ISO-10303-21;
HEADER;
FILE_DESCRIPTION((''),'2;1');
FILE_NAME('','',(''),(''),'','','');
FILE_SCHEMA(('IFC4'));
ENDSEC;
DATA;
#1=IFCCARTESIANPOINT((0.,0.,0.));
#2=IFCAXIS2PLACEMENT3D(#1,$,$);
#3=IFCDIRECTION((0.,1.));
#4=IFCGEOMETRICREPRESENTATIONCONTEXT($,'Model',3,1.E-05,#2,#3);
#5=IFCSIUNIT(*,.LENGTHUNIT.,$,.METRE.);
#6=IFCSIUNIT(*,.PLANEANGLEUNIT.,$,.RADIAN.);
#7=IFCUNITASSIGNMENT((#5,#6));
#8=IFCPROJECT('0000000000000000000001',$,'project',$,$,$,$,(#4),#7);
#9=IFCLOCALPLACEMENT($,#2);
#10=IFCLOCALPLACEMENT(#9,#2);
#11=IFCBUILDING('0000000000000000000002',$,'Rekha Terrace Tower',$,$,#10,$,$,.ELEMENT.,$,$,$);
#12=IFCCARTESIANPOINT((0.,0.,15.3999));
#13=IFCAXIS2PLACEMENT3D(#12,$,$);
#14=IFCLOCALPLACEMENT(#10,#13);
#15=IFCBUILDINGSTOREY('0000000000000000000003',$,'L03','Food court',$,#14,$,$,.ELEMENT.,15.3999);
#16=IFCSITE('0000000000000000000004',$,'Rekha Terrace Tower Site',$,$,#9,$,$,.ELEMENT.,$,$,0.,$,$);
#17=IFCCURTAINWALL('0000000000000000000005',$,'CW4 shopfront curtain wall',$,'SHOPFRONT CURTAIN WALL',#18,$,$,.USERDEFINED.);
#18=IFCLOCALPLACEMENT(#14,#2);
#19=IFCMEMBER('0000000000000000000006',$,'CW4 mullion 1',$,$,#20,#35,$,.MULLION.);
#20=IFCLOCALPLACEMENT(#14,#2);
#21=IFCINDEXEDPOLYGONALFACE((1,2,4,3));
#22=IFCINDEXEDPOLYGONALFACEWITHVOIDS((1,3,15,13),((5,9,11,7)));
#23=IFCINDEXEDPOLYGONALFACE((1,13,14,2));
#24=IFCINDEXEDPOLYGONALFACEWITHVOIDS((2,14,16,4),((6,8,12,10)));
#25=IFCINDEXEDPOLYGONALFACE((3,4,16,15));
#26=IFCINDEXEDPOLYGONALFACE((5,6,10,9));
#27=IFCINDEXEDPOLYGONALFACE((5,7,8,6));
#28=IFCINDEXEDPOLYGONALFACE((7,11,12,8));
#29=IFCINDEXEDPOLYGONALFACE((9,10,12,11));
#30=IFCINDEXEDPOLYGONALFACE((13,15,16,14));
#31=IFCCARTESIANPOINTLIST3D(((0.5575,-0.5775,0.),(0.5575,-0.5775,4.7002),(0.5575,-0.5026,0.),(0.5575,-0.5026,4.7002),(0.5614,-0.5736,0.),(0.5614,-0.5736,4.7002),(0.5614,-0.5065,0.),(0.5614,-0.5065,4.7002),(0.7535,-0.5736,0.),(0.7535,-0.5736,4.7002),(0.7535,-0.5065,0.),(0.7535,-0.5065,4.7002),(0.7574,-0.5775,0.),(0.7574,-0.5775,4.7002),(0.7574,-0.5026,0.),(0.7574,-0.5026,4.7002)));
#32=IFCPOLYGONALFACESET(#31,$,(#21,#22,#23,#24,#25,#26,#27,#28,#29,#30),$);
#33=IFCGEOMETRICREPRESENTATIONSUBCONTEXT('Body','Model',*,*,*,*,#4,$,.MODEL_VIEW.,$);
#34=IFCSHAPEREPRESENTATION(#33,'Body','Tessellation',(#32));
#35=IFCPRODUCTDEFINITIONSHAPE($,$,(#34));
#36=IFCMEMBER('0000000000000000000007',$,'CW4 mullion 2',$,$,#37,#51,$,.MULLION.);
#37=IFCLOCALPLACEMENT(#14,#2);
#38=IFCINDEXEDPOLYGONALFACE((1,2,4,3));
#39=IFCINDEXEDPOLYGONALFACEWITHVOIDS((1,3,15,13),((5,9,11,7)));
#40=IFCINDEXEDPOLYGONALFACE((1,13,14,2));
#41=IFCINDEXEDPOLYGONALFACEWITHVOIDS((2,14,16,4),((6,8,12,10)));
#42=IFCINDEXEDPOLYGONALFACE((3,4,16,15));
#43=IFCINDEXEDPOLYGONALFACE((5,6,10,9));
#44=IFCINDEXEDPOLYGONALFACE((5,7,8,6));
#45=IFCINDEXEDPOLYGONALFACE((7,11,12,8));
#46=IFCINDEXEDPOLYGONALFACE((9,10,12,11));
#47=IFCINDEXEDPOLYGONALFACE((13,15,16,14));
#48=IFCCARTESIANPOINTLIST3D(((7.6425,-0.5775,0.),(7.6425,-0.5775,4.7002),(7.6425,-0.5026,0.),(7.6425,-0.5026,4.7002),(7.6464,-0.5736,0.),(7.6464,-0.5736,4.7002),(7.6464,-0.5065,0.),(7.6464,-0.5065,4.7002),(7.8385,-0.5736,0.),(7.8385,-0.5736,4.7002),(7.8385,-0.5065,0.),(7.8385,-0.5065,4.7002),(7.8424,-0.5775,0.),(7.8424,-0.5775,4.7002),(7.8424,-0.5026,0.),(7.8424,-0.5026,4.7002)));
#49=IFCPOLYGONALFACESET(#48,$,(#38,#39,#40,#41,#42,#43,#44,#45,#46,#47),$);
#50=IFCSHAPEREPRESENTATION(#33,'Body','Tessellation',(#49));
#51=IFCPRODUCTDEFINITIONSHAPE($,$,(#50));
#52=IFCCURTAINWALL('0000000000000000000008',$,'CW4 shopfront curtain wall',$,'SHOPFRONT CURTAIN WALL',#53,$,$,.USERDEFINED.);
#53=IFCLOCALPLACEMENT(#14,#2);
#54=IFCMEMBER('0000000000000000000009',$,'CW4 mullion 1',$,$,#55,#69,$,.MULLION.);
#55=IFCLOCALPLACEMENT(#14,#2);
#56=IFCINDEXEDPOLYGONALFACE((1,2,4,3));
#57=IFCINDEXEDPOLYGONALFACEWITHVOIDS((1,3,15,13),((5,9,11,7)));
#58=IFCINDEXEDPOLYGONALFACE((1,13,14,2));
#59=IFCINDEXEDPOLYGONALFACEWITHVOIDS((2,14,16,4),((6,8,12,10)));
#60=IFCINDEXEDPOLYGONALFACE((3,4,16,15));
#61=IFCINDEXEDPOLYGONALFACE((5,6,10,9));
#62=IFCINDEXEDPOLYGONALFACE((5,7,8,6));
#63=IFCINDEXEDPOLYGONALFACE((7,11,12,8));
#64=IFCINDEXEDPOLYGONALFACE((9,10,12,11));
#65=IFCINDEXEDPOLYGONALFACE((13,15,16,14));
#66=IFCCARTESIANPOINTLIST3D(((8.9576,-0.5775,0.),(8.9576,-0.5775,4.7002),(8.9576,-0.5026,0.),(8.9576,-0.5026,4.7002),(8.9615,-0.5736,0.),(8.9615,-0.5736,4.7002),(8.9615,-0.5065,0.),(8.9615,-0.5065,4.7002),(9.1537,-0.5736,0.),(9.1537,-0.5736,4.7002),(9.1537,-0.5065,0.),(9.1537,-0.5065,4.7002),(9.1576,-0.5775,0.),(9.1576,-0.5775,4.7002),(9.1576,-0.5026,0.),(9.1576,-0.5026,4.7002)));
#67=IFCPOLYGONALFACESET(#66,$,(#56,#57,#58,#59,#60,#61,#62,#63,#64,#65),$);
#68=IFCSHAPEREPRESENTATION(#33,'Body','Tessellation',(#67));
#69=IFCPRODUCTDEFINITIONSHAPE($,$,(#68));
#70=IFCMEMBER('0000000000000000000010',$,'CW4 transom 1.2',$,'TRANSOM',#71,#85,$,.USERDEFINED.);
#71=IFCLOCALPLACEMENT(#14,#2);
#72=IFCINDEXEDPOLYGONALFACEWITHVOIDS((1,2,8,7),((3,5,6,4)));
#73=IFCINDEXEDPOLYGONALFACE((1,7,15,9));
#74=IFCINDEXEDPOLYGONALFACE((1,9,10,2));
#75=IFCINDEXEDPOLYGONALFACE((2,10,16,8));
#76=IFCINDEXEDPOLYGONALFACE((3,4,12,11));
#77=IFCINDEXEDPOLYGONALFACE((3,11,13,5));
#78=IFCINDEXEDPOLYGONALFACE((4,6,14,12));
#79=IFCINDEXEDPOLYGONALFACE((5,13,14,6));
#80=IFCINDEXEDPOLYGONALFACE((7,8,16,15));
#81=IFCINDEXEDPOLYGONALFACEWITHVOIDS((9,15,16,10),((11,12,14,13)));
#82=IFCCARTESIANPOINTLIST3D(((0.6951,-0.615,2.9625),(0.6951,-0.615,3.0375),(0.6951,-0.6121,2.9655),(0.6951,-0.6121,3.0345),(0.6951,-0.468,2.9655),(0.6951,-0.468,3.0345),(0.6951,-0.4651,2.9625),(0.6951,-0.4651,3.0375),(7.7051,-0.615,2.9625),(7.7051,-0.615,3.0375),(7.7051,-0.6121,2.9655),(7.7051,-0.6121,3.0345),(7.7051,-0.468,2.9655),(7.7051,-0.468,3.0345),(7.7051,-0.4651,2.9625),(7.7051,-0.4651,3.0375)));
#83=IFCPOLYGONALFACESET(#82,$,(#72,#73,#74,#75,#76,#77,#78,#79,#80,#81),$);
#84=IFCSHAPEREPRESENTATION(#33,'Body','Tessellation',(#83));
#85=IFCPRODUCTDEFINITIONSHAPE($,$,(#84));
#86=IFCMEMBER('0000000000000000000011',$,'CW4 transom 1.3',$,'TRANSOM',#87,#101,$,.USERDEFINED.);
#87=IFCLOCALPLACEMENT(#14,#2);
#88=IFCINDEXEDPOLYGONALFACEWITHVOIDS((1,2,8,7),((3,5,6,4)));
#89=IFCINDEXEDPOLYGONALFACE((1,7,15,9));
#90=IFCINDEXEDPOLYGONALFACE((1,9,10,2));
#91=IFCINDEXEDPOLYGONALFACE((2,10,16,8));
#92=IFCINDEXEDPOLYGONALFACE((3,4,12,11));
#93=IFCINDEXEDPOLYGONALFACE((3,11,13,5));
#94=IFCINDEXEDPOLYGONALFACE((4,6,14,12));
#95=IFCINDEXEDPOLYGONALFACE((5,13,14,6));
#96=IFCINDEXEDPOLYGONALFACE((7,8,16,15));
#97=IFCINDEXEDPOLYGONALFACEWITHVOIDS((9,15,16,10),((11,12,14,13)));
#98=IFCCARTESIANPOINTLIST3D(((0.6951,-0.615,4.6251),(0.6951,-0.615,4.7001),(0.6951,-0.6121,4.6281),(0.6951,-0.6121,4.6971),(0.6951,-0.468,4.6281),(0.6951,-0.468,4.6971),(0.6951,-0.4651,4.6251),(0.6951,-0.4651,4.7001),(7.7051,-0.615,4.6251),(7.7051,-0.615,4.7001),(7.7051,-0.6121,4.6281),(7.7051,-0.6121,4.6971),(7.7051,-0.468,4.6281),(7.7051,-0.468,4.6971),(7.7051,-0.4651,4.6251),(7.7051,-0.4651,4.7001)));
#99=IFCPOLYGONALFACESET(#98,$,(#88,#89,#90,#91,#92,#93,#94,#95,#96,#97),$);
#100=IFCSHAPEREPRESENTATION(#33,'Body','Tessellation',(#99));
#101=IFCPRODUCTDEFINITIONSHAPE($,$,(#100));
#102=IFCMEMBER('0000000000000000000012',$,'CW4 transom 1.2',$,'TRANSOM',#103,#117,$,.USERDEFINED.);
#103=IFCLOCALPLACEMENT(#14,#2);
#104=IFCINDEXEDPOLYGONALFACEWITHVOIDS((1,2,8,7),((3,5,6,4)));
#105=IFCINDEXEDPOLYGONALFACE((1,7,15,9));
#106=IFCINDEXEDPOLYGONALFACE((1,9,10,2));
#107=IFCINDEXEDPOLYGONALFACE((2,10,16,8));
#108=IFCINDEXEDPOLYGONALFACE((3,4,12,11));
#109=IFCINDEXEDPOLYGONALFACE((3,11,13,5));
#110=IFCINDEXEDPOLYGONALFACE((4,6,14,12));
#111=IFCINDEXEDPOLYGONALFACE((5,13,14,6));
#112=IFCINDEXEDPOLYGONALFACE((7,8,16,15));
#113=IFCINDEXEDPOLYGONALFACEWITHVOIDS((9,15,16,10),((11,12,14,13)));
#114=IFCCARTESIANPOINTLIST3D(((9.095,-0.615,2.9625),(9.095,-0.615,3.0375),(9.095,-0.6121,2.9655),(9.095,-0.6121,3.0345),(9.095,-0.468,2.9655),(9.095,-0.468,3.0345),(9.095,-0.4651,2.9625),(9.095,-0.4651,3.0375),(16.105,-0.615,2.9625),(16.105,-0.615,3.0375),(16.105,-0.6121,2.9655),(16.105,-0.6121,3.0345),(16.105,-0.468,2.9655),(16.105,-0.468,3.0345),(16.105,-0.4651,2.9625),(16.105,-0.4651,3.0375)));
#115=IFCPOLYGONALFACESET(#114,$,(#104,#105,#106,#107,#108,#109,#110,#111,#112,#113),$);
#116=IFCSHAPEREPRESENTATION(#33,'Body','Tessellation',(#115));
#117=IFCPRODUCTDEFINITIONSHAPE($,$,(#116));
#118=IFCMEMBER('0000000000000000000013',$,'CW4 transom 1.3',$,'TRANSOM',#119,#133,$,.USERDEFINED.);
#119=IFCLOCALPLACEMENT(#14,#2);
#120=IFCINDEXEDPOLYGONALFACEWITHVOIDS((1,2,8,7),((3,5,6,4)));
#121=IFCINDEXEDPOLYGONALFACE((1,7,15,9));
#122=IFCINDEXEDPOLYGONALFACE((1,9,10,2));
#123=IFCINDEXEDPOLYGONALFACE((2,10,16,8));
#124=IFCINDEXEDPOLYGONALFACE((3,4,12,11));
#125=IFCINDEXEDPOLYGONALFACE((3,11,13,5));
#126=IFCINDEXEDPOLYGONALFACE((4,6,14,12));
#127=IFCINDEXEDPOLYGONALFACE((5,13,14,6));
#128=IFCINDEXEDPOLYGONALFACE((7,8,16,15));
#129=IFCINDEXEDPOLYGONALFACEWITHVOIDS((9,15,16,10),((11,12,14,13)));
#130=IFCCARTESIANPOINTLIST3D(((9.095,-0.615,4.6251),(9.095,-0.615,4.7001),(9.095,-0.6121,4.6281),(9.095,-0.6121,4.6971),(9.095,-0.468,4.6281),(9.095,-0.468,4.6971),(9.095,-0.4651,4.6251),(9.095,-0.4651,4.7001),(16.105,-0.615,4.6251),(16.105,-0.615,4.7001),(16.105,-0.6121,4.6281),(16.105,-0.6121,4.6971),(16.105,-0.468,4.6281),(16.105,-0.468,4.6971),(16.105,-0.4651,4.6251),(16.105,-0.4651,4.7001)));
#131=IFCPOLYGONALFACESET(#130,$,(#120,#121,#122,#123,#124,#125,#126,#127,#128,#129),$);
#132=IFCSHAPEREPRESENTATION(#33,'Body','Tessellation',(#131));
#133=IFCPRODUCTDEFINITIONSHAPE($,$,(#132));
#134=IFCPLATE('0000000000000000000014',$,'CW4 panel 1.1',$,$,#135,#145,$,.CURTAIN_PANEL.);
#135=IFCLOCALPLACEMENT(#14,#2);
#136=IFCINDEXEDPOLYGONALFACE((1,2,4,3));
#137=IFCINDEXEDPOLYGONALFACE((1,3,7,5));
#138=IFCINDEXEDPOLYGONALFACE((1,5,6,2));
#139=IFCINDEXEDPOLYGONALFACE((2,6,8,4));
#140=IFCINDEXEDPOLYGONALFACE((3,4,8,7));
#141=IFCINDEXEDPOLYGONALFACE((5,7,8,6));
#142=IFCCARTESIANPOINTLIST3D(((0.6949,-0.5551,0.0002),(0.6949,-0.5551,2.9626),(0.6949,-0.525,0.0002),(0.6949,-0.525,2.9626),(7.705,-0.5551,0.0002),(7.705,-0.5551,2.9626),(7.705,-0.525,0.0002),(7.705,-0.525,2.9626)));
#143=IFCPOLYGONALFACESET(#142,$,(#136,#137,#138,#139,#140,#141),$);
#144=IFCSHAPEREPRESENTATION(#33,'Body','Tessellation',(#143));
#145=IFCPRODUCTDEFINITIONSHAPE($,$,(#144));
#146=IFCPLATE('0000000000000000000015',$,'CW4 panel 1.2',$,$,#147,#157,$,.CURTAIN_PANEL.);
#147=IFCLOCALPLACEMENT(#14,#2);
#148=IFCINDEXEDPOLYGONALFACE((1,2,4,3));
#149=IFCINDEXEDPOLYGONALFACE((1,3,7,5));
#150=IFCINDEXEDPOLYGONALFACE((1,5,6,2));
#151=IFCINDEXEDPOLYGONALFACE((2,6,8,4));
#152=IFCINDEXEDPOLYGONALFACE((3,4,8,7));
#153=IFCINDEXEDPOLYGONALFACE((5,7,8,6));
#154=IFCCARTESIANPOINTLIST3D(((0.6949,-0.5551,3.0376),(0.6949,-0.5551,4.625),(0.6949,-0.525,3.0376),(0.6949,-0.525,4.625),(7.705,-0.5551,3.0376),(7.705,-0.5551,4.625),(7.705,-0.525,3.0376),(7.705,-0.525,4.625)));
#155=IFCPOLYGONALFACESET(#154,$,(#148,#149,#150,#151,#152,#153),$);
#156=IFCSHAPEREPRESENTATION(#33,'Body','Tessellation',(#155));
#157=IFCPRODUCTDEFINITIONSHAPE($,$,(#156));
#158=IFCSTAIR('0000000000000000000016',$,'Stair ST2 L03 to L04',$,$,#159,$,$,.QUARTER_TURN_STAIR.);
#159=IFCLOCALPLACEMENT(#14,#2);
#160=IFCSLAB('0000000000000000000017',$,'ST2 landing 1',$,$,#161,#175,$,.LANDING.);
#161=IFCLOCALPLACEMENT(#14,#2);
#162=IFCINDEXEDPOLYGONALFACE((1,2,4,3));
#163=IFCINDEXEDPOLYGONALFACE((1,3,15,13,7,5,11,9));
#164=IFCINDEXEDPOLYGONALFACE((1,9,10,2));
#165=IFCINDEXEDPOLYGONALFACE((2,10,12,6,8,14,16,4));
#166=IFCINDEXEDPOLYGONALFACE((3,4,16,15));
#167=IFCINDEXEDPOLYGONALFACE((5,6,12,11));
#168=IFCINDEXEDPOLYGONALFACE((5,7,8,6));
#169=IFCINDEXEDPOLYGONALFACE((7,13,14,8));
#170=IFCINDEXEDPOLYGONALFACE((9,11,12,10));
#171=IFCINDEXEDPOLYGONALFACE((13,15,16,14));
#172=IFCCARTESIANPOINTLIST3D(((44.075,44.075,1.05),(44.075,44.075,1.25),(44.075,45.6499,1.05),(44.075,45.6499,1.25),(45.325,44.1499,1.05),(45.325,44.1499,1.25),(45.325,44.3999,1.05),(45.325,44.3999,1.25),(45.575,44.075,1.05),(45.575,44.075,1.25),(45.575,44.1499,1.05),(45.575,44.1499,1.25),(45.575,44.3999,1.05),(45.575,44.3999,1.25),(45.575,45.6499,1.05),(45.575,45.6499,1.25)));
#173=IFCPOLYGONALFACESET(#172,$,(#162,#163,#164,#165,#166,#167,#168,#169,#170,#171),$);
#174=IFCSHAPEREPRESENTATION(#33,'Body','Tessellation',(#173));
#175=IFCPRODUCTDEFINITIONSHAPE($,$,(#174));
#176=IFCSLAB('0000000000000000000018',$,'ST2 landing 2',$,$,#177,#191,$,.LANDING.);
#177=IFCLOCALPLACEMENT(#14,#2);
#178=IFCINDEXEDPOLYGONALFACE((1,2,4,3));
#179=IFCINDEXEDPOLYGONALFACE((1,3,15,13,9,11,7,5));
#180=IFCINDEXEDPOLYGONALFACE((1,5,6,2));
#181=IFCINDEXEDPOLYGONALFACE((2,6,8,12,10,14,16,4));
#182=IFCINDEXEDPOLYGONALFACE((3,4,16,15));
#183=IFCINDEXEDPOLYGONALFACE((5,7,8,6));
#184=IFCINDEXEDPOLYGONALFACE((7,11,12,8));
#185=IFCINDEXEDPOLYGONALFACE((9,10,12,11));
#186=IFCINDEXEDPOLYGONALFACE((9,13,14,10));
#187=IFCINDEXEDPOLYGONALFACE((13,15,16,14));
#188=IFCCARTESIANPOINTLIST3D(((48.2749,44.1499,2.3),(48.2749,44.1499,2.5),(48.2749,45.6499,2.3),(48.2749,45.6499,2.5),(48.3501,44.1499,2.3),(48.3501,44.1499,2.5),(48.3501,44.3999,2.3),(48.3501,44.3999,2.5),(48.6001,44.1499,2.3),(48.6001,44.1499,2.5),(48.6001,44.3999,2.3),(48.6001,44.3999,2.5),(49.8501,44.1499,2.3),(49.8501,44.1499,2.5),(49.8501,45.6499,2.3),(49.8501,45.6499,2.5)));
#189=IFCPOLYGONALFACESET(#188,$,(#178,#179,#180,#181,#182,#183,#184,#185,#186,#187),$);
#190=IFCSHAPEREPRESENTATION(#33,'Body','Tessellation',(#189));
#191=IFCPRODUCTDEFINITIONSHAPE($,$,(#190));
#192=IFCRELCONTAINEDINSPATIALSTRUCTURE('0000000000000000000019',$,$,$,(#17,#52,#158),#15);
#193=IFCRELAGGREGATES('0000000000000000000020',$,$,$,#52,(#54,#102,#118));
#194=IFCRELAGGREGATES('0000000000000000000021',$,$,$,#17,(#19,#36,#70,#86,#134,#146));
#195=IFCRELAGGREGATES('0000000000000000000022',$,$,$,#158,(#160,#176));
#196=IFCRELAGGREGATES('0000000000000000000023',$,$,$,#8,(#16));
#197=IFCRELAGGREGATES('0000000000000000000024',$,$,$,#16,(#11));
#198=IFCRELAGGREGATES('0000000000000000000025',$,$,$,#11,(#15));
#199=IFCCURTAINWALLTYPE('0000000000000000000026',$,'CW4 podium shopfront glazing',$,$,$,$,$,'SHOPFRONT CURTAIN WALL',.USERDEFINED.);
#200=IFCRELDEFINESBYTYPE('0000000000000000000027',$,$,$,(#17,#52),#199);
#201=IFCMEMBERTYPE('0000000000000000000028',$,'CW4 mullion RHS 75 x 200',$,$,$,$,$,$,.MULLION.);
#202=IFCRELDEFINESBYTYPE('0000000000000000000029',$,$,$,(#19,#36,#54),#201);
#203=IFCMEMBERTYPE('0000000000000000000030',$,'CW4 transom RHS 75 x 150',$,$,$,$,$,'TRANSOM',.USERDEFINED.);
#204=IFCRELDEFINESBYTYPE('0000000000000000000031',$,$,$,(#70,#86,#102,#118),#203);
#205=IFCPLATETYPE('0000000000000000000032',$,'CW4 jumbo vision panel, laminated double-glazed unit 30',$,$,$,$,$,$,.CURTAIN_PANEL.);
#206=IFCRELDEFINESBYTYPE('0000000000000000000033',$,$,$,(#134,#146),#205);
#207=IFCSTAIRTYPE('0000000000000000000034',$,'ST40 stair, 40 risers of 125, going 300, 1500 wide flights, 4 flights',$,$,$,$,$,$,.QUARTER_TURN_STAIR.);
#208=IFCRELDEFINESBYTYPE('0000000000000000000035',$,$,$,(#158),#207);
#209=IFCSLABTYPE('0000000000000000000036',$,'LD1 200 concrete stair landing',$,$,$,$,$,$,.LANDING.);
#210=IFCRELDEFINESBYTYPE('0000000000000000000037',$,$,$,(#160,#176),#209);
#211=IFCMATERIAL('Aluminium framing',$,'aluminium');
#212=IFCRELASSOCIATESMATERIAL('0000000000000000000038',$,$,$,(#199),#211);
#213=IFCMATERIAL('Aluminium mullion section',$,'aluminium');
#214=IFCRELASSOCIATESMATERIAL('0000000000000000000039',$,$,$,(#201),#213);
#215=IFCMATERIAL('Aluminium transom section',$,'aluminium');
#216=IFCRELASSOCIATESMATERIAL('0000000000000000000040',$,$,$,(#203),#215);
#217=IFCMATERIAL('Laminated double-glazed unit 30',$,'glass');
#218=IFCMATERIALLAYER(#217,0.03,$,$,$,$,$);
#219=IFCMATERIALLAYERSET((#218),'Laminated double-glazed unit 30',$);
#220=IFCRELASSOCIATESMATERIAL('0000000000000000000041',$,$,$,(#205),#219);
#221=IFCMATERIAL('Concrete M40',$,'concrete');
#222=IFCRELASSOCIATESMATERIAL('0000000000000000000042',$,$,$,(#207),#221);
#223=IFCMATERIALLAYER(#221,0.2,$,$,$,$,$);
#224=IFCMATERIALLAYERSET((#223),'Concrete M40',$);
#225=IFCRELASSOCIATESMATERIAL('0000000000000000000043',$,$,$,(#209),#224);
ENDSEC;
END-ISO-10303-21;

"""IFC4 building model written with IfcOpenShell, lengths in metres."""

from ifc_helpers import new_model, si_unit, direction, frame, origin, origin_2d, place, context, subcontext, project, spatial, polyline, rectangle, hollow_rectangle, outline, extrude, material, layer, layer_set, material_profile, profile_set, type_object, element, aggregate, save


model = new_model("IFC4")

# Units and contexts
model_context = context("Model", 3, precision=1e-05, world=origin(), true_north=direction((0.0, 1.0)))
body_context = subcontext(model_context, "Body", "Model", "MODEL_VIEW")
ifc_project = project(units=[si_unit("LENGTHUNIT", "METRE"), si_unit("PLANEANGLEUNIT", "RADIAN")], contexts=[model_context])

# Site, building, storey
site_placement = place(None, origin())
site = spatial("IfcSite", under=ifc_project, at=site_placement, Name="Rekha Terrace Tower Site", CompositionType="ELEMENT", RefElevation=0.0)
building_placement = place(site_placement, origin())
building = spatial("IfcBuilding", under=site, at=building_placement, Name="Rekha Terrace Tower", CompositionType="ELEMENT")
storey_placement = place(building_placement, frame((0.0, 0.0, 15.3999)))
storey = spatial("IfcBuildingStorey", under=building, at=storey_placement, Name="L03", Description="Food court", CompositionType="ELEMENT", Elevation=15.3999)

# Curtain wall, members
ifc_material_1 = material(Name="Aluminium framing", Category="aluminium")
curtain_wall_type = type_object("IfcCurtainWallType", Name="CW4 podium shopfront glazing", ElementType="SHOPFRONT CURTAIN WALL", PredefinedType="USERDEFINED", material=ifc_material_1)
curtain_wall_1_placement = place(storey_placement, origin())
curtain_wall_1 = element("IfcCurtainWall", 1, at=curtain_wall_1_placement, inside=storey, type_object=curtain_wall_type, Name="CW4 shopfront curtain wall", ObjectType="SHOPFRONT CURTAIN WALL", PredefinedType="USERDEFINED")
ifc_material_2 = material(Name="Aluminium mullion section", Category="aluminium")
ifc_material_profile_1 = material_profile(ifc_material_2, hollow_rectangle(XDim=0.075, YDim=0.2, WallThickness=0.0039, at=origin_2d()), Name="AL RHS 75x200")
ifc_profile_set_1 = profile_set([ifc_material_profile_1], Name="Aluminium mullion section")
member_type_1 = type_object("IfcMemberType", Name="CW4 mullion RHS 75 x 200", PredefinedType="MULLION", material=ifc_profile_set_1)
member_1_placement = place(storey_placement, frame((0.6575, -0.54, 0.0), z_axis=(0.0, 0.0, 1.0), x_axis=(0.0, 1.0, 0.0)))
member_1 = element("IfcMember", 2, at=member_1_placement, type_object=member_type_1, Name="CW4 mullion 1", PredefinedType="MULLION", context=body_context, shape_type="SweptSolid", body=[
    extrude(hollow_rectangle(XDim=0.075, YDim=0.2, WallThickness=0.0039, at=origin_2d()), origin(), (0.0, 0.0, 1.0), 4.7002),
])
member_2_placement = place(storey_placement, frame((7.7424, -0.54, 0.0), z_axis=(0.0, 0.0, 1.0), x_axis=(0.0, 1.0, 0.0)))
member_2 = element("IfcMember", 3, at=member_2_placement, type_object=member_type_1, Name="CW4 mullion 2", PredefinedType="MULLION", context=body_context, shape_type="SweptSolid", body=[
    extrude(hollow_rectangle(XDim=0.075, YDim=0.2, WallThickness=0.0039, at=origin_2d()), origin(), (0.0, 0.0, 1.0), 4.7002),
])

# Curtain wall, member
curtain_wall_2_placement = place(storey_placement, origin())
curtain_wall_2 = element("IfcCurtainWall", 4, at=curtain_wall_2_placement, inside=storey, type_object=curtain_wall_type, Name="CW4 shopfront curtain wall", ObjectType="SHOPFRONT CURTAIN WALL", PredefinedType="USERDEFINED")
member_3_placement = place(storey_placement, frame((9.0576, -0.54, 0.0), z_axis=(0.0, 0.0, 1.0), x_axis=(0.0, 1.0, 0.0)))
member_3 = element("IfcMember", 5, at=member_3_placement, type_object=member_type_1, Name="CW4 mullion 1", PredefinedType="MULLION", context=body_context, shape_type="SweptSolid", body=[
    extrude(hollow_rectangle(XDim=0.075, YDim=0.2, WallThickness=0.0039, at=origin_2d()), origin(), (0.0, 0.0, 1.0), 4.7002),
])

# Members
ifc_material_3 = material(Name="Aluminium transom section", Category="aluminium")
ifc_material_profile_2 = material_profile(ifc_material_3, hollow_rectangle(XDim=0.1499, YDim=0.075, WallThickness=0.0029, at=origin_2d()), Name="AL RHS 150x75")
ifc_profile_set_2 = profile_set([ifc_material_profile_2], Name="Aluminium transom section")
member_type_2 = type_object("IfcMemberType", Name="CW4 transom RHS 75 x 150", ElementType="TRANSOM", PredefinedType="USERDEFINED", material=ifc_profile_set_2)
member_4_placement = place(storey_placement, frame((0.6951, -0.54, 3.0), z_axis=(1.0, 0.0, 0.0), x_axis=(0.0, 1.0, 0.0)))
member_4 = element("IfcMember", 6, at=member_4_placement, type_object=member_type_2, Name="CW4 transom 1.2", ObjectType="TRANSOM", PredefinedType="USERDEFINED", context=body_context, shape_type="SweptSolid", body=[
    extrude(hollow_rectangle(XDim=0.1499, YDim=0.075, WallThickness=0.0029, at=origin_2d()), origin(), (0.0, 0.0, 1.0), 7.01),
])
member_5_placement = place(storey_placement, frame((0.6951, -0.54, 4.6626), z_axis=(1.0, 0.0, 0.0), x_axis=(0.0, 1.0, 0.0)))
member_5 = element("IfcMember", 7, at=member_5_placement, type_object=member_type_2, Name="CW4 transom 1.3", ObjectType="TRANSOM", PredefinedType="USERDEFINED", context=body_context, shape_type="SweptSolid", body=[
    extrude(hollow_rectangle(XDim=0.1499, YDim=0.075, WallThickness=0.0029, at=origin_2d()), origin(), (0.0, 0.0, 1.0), 7.01),
])
member_6_placement = place(storey_placement, frame((9.095, -0.54, 3.0), z_axis=(1.0, 0.0, 0.0), x_axis=(0.0, 1.0, 0.0)))
member_6 = element("IfcMember", 8, at=member_6_placement, type_object=member_type_2, Name="CW4 transom 1.2", ObjectType="TRANSOM", PredefinedType="USERDEFINED", context=body_context, shape_type="SweptSolid", body=[
    extrude(hollow_rectangle(XDim=0.1499, YDim=0.075, WallThickness=0.0029, at=origin_2d()), origin(), (0.0, 0.0, 1.0), 7.01),
])
member_7_placement = place(storey_placement, frame((9.095, -0.54, 4.6626), z_axis=(1.0, 0.0, 0.0), x_axis=(0.0, 1.0, 0.0)))
member_7 = element("IfcMember", 9, at=member_7_placement, type_object=member_type_2, Name="CW4 transom 1.3", ObjectType="TRANSOM", PredefinedType="USERDEFINED", context=body_context, shape_type="SweptSolid", body=[
    extrude(hollow_rectangle(XDim=0.1499, YDim=0.075, WallThickness=0.0029, at=origin_2d()), origin(), (0.0, 0.0, 1.0), 7.01),
])
aggregate(curtain_wall_2, [member_3, member_6, member_7])

# Plates
ifc_material_4 = material(Name="Laminated double-glazed unit 30", Category="glass")
ifc_layer_1 = layer(ifc_material_4, 0.03)
ifc_layer_set_1 = layer_set([ifc_layer_1], Name="Laminated double-glazed unit 30")
plate_type = type_object("IfcPlateType", Name="CW4 jumbo vision panel, laminated double-glazed unit 30", PredefinedType="CURTAIN_PANEL", material=ifc_layer_set_1)
plate_1_placement = place(storey_placement, frame((4.2, -0.54, 0.0002), z_axis=(0.0, 0.0, 1.0), x_axis=(1.0, 0.0, 0.0)))
plate_1 = element("IfcPlate", 10, at=plate_1_placement, type_object=plate_type, Name="CW4 panel 1.1", PredefinedType="CURTAIN_PANEL", context=body_context, shape_type="SweptSolid", body=[
    extrude(rectangle(XDim=7.01, YDim=0.03, at=origin_2d()), origin(), (0.0, 0.0, 1.0), 2.9624),
])
plate_2_placement = place(storey_placement, frame((4.2, -0.54, 3.0376), z_axis=(0.0, 0.0, 1.0), x_axis=(1.0, 0.0, 0.0)))
plate_2 = element("IfcPlate", 11, at=plate_2_placement, type_object=plate_type, Name="CW4 panel 1.2", PredefinedType="CURTAIN_PANEL", context=body_context, shape_type="SweptSolid", body=[
    extrude(rectangle(XDim=7.01, YDim=0.03, at=origin_2d()), origin(), (0.0, 0.0, 1.0), 1.5874),
])
aggregate(curtain_wall_1, [member_1, member_2, member_4, member_5, plate_1, plate_2])

# Stair, slabs
ifc_material_5 = material(Name="Concrete M40", Category="concrete")
stair_type = type_object("IfcStairType", Name="ST40 stair, 40 risers of 125, going 300, 1500 wide flights, 4 flights", PredefinedType="QUARTER_TURN_STAIR", material=ifc_material_5)
stair_1_placement = place(storey_placement, origin())
stair_1 = element("IfcStair", 12, at=stair_1_placement, inside=storey, type_object=stair_type, Name="Stair ST2 L03 to L04", PredefinedType="QUARTER_TURN_STAIR")
ifc_layer_2 = layer(ifc_material_5, 0.2)
ifc_layer_set_2 = layer_set([ifc_layer_2], Name="Concrete M40")
slab_type = type_object("IfcSlabType", Name="LD1 200 concrete stair landing", PredefinedType="LANDING", material=ifc_layer_set_2)
slab_1_placement = place(storey_placement, frame((0.0, 0.0, 1.05)))
slab_1 = element("IfcSlab", 13, at=slab_1_placement, type_object=slab_type, Name="ST2 landing 1", PredefinedType="LANDING", context=body_context, shape_type="SweptSolid", body=[
    extrude(outline(polyline([(45.575, 45.6499), (44.075, 45.6499), (44.075, 44.075), (45.575, 44.075), (45.575, 44.1499), (45.325, 44.1499), (45.325, 44.3999), (45.575, 44.3999), (45.575, 45.6499)])), origin(), (0.0, 0.0, 1.0), 0.2),
])
slab_2_placement = place(storey_placement, frame((0.0, 0.0, 2.3)))
slab_2 = element("IfcSlab", 14, at=slab_2_placement, type_object=slab_type, Name="ST2 landing 2", PredefinedType="LANDING", context=body_context, shape_type="SweptSolid", body=[
    extrude(outline(polyline([(49.8501, 44.1499), (49.8501, 45.6499), (48.2749, 45.6499), (48.2749, 44.1499), (48.3501, 44.1499), (48.3501, 44.3999), (48.6001, 44.3999), (48.6001, 44.1499), (49.8501, 44.1499)])), origin(), (0.0, 0.0, 1.0), 0.2),
])
aggregate(stair_1, [slab_1, slab_2])

save(model, "model.ifc")
